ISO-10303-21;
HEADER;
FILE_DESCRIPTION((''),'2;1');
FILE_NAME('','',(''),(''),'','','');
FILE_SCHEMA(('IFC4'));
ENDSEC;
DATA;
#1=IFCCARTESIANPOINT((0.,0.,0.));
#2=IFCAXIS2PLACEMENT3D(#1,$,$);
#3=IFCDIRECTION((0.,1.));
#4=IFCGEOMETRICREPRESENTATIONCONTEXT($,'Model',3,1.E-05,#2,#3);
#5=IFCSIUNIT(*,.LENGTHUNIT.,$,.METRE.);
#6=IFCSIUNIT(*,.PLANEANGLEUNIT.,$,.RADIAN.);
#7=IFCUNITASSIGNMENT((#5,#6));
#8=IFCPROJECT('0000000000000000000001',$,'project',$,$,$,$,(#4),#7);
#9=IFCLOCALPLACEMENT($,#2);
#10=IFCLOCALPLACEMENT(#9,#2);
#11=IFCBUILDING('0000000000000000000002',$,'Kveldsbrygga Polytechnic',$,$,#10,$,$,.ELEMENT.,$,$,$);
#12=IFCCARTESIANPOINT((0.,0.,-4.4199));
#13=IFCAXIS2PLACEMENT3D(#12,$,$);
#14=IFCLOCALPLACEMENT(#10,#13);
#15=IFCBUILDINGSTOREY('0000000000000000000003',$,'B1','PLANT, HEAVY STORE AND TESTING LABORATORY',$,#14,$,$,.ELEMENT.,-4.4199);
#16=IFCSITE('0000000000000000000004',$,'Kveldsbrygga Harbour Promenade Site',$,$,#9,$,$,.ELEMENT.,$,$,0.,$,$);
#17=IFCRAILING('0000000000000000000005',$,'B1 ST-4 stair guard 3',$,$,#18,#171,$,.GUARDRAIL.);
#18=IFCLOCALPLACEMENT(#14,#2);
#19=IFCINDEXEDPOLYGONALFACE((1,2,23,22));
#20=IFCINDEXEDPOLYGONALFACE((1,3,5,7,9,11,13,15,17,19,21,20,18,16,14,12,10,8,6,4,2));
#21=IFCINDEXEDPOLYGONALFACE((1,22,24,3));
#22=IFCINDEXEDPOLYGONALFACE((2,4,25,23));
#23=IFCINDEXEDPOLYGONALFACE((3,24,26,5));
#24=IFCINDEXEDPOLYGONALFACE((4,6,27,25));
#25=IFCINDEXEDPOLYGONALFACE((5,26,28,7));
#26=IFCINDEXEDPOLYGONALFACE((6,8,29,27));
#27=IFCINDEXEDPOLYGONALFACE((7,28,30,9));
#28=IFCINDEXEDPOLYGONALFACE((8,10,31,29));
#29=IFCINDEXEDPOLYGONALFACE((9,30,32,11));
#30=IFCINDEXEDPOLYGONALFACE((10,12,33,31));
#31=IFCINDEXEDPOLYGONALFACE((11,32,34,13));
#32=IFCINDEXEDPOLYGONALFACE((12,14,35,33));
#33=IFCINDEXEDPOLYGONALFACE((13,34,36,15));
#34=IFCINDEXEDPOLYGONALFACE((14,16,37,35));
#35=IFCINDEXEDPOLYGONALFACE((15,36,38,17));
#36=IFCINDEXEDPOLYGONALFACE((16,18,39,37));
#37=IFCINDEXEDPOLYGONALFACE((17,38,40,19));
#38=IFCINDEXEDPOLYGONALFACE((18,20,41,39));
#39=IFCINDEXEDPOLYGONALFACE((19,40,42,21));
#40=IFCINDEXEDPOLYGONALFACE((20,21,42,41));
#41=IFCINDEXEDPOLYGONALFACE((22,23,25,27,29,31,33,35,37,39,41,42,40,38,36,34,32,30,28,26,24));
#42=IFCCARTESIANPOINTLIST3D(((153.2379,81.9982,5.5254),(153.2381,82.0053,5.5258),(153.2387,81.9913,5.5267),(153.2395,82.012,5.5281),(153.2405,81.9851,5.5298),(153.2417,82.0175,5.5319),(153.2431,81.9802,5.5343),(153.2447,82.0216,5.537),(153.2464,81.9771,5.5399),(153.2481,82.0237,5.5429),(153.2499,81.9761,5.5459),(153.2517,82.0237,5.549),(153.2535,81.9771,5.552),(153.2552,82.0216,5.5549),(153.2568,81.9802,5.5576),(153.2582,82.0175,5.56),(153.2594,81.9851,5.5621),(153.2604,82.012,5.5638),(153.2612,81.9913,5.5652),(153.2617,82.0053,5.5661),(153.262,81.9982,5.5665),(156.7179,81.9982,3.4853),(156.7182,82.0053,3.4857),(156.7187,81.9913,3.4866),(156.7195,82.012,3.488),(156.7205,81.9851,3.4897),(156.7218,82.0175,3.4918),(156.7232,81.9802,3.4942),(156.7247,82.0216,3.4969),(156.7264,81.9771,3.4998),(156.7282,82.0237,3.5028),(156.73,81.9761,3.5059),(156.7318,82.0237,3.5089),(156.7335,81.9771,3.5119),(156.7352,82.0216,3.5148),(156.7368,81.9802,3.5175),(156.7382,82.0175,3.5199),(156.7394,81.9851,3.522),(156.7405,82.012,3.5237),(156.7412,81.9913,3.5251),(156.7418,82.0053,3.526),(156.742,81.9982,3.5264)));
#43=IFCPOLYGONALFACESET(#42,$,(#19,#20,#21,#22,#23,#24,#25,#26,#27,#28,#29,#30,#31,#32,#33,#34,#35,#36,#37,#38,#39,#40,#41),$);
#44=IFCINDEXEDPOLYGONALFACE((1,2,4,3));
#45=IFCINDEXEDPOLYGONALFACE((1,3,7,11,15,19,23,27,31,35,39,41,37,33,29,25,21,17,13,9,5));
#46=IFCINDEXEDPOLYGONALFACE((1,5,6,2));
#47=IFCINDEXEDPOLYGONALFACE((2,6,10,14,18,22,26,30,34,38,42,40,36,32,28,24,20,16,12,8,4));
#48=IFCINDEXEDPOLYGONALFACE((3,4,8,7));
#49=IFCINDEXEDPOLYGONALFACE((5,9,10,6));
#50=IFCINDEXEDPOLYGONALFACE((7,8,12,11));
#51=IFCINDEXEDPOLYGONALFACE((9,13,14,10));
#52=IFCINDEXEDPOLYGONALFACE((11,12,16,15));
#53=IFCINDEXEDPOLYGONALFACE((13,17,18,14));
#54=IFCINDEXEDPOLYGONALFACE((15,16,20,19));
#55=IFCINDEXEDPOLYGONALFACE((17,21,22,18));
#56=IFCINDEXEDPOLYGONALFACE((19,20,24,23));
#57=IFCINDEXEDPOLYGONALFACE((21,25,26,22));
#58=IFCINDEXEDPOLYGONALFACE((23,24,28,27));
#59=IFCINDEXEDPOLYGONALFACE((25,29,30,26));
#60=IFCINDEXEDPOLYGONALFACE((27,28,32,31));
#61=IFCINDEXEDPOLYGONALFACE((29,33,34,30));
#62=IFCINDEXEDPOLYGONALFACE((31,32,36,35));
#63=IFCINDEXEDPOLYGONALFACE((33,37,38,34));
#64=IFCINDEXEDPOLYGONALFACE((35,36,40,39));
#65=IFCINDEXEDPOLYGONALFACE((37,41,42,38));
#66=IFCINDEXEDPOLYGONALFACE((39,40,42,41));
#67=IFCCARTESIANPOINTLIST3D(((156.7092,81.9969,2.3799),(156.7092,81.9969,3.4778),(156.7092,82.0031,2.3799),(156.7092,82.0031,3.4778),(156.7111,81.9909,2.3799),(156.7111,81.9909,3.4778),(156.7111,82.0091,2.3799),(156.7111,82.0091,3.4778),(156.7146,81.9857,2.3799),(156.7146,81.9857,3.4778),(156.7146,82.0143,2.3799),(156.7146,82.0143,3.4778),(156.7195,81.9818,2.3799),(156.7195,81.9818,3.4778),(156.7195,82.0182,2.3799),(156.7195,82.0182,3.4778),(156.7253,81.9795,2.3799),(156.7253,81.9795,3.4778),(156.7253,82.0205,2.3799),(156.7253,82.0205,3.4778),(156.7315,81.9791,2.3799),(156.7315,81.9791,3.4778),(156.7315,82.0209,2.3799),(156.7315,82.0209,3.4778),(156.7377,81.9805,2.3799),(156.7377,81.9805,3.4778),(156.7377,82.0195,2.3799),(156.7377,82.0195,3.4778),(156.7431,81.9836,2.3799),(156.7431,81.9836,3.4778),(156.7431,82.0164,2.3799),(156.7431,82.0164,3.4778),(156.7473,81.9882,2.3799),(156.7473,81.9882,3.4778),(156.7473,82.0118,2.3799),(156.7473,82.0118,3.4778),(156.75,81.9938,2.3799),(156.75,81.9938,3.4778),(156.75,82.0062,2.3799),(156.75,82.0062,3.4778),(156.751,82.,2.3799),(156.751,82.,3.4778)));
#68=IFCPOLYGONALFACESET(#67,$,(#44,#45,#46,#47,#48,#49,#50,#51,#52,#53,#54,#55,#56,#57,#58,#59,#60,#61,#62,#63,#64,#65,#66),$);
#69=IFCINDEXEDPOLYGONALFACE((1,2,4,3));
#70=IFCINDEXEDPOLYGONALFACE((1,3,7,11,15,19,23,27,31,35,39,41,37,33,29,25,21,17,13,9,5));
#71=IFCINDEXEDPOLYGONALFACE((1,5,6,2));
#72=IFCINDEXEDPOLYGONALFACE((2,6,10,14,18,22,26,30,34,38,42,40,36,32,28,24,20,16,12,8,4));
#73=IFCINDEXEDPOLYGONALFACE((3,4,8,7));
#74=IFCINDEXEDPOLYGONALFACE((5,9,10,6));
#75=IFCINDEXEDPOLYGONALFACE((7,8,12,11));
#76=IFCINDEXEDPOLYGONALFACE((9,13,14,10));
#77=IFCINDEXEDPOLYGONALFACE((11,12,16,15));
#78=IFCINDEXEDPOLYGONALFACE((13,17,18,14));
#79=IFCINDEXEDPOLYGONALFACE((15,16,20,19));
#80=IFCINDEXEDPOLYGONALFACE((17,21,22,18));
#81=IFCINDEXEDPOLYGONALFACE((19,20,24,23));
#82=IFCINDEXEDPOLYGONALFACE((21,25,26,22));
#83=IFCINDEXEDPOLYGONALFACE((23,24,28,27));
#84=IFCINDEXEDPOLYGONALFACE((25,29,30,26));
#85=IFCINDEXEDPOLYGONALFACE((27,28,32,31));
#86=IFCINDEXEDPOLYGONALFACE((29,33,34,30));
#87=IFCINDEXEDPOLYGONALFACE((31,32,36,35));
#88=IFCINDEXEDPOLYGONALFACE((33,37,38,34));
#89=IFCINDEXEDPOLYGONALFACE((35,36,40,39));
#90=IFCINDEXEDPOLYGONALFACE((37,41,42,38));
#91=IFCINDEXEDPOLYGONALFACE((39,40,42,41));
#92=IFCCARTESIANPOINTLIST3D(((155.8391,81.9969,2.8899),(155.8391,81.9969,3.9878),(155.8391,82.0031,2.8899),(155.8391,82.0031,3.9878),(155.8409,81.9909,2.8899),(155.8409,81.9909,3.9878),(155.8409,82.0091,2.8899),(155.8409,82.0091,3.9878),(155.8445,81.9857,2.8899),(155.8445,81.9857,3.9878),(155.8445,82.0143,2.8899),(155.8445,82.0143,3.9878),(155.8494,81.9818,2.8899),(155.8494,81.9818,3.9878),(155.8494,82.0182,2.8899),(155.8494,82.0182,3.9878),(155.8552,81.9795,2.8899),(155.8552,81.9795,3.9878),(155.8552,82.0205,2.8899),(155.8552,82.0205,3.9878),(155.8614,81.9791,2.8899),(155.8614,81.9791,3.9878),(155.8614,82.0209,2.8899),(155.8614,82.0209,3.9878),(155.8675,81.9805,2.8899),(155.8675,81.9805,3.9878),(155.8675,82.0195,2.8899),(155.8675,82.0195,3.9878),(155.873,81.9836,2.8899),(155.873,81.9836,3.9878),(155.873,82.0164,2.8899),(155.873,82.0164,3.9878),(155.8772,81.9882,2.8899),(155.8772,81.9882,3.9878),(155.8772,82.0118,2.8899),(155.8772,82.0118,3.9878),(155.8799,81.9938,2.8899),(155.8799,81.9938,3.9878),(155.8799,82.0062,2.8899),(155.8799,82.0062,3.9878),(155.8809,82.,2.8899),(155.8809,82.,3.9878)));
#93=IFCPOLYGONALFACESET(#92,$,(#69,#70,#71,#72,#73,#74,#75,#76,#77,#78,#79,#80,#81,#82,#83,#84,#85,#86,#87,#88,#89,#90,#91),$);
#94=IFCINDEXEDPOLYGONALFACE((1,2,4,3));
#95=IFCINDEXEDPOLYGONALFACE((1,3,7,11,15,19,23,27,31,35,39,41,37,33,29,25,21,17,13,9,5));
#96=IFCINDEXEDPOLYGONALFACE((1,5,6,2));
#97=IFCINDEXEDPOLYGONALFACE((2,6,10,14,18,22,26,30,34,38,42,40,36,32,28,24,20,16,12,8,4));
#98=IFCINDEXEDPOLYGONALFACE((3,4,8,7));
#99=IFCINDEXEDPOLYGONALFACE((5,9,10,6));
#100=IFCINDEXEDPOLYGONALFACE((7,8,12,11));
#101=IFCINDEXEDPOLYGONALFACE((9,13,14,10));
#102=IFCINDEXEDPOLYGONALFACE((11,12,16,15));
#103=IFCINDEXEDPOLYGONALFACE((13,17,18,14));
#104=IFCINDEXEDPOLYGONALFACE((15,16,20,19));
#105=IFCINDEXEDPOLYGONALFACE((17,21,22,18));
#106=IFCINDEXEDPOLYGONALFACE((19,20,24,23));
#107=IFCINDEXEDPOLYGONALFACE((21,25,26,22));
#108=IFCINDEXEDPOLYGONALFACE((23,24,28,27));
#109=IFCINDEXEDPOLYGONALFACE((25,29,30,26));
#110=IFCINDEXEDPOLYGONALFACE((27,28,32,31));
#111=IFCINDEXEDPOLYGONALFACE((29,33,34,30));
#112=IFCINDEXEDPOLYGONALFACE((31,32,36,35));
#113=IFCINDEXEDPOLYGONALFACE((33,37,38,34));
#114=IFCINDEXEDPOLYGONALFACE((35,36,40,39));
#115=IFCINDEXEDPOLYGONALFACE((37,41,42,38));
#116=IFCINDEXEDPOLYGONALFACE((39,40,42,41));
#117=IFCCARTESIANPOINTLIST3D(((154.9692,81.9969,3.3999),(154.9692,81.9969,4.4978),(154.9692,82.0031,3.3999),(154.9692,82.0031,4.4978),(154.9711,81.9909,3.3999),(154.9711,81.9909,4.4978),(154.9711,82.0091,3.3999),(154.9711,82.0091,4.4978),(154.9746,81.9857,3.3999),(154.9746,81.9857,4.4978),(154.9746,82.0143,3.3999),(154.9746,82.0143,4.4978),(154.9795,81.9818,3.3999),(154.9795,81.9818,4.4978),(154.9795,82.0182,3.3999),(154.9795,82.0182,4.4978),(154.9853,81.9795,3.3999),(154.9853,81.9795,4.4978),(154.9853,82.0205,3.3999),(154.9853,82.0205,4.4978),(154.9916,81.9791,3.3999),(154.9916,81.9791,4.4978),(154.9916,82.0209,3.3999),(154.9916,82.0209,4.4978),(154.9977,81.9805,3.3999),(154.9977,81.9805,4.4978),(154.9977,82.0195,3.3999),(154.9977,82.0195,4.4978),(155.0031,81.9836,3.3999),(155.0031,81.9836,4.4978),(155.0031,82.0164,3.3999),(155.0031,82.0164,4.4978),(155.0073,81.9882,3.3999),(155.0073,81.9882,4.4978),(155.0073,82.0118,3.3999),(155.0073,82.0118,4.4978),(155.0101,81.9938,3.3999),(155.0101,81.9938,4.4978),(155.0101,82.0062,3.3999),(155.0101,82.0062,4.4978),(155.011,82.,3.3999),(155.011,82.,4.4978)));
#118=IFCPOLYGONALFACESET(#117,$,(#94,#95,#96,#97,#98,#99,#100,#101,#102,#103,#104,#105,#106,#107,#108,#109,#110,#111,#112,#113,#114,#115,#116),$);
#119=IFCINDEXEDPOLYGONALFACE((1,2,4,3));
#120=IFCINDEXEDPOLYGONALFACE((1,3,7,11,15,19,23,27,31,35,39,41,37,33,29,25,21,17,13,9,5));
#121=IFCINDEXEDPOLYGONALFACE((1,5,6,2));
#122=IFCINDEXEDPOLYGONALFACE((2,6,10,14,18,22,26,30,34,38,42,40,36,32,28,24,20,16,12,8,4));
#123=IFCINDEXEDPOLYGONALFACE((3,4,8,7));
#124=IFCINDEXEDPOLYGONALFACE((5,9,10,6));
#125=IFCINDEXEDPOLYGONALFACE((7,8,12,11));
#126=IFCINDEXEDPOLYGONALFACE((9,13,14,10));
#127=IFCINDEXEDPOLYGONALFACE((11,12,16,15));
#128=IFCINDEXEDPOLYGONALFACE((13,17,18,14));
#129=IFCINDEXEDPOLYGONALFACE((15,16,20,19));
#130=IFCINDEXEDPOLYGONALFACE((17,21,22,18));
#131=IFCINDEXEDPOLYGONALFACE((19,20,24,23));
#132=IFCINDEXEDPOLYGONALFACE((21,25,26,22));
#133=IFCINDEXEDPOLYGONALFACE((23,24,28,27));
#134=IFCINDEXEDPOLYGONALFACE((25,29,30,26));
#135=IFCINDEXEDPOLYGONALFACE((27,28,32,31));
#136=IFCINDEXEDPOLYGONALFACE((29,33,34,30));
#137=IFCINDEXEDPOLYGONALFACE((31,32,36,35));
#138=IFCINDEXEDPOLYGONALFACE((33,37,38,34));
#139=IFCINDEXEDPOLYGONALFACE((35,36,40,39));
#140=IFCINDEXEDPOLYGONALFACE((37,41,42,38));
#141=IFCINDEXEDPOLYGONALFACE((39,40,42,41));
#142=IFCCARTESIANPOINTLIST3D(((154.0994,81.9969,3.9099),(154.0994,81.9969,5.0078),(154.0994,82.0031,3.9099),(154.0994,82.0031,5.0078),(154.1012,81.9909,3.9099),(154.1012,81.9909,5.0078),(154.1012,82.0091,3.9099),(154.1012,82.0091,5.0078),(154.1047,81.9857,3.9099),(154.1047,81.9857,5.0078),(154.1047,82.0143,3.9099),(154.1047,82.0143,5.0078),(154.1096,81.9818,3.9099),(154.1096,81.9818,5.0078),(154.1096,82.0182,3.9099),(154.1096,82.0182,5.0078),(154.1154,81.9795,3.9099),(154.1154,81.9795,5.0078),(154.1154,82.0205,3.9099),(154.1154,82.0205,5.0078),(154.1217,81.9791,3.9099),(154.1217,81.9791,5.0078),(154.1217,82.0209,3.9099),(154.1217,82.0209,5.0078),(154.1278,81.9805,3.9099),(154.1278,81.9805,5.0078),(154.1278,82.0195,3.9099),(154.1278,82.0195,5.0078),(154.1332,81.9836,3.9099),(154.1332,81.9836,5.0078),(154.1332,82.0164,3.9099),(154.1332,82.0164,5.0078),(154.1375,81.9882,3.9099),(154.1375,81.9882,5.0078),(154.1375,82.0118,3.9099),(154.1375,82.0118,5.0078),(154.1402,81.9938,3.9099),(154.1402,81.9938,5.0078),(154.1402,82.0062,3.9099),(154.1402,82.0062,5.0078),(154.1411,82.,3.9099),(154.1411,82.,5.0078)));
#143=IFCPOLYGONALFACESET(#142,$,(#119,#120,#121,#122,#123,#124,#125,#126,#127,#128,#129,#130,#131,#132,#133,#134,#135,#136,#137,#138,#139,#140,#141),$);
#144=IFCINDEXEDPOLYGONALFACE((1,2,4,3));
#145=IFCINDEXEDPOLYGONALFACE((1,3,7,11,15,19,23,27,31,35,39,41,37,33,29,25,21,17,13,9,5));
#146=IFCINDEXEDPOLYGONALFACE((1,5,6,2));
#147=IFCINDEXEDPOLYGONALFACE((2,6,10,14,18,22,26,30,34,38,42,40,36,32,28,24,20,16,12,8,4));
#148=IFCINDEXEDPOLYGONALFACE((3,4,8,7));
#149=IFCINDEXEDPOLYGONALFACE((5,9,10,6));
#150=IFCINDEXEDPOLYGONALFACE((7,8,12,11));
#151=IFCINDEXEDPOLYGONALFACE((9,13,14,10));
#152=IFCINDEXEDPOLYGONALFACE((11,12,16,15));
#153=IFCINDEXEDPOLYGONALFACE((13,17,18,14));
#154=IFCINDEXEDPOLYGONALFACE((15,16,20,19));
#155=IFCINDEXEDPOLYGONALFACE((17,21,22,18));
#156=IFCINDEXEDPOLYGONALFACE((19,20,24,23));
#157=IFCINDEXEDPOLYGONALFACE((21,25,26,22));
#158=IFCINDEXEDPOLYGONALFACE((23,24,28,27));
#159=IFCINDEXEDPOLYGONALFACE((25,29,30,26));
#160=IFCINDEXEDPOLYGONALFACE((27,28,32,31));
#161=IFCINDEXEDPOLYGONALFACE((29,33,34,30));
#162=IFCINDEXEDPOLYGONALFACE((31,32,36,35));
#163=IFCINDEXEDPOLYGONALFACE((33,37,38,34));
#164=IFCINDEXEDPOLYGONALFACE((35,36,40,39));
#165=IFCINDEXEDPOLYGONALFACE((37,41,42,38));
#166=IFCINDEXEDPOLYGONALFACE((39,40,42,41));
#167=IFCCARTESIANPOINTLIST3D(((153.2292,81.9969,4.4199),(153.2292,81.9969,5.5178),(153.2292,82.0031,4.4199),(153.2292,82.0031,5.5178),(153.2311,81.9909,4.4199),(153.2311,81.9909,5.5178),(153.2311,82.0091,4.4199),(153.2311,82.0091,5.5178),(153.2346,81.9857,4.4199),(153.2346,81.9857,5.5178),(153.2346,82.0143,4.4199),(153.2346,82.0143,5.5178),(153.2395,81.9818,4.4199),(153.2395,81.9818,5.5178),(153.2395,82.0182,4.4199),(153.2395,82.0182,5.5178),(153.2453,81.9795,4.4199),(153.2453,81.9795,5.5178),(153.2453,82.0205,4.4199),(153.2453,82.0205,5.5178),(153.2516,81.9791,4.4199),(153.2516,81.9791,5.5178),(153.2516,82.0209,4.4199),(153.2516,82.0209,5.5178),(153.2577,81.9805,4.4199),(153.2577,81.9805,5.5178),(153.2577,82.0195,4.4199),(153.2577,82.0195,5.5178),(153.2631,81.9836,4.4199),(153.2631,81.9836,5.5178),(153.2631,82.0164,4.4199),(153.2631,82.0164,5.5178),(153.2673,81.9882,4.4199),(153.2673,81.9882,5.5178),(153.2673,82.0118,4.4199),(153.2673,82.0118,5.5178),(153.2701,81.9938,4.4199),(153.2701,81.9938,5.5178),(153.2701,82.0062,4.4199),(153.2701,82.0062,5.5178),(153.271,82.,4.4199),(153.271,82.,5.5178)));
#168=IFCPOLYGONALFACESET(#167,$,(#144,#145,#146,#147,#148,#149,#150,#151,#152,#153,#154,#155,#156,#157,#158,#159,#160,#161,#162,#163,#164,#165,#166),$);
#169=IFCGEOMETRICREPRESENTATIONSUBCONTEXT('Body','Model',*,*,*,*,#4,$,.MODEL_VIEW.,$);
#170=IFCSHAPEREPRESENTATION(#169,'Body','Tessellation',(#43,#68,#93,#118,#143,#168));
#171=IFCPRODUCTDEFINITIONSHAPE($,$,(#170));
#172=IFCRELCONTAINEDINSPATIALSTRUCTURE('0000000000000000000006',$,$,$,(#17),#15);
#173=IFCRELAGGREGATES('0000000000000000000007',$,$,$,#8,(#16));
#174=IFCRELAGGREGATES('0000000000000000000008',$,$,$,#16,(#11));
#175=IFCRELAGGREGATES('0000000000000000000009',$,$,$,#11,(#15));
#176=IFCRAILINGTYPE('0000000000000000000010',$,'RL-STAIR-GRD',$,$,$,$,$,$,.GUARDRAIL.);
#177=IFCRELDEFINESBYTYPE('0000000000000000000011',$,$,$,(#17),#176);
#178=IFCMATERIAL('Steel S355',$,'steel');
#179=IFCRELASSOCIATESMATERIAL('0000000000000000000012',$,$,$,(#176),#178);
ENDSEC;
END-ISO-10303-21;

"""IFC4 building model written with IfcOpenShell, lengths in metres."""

from ifc_helpers import new_model, si_unit, direction, frame, origin, origin_2d, place, context, subcontext, project, spatial, circle, extrude, material, type_object, element, save


model = new_model("IFC4")

# Units and contexts
model_context = context("Model", 3, precision=1e-05, world=origin(), true_north=direction((0.0, 1.0)))
body_context = subcontext(model_context, "Body", "Model", "MODEL_VIEW")
ifc_project = project(units=[si_unit("LENGTHUNIT", "METRE"), si_unit("PLANEANGLEUNIT", "RADIAN")], contexts=[model_context])

# Site, building, storey
site_placement = place(None, origin())
site = spatial("IfcSite", under=ifc_project, at=site_placement, Name="Kveldsbrygga Harbour Promenade Site", CompositionType="ELEMENT", RefElevation=0.0)
building_placement = place(site_placement, origin())
building = spatial("IfcBuilding", under=site, at=building_placement, Name="Kveldsbrygga Polytechnic", CompositionType="ELEMENT")
storey_placement = place(building_placement, frame((0.0, 0.0, -4.4199)))
storey = spatial("IfcBuildingStorey", under=building, at=storey_placement, Name="B1", Description="PLANT, HEAVY STORE AND TESTING LABORATORY", CompositionType="ELEMENT", Elevation=-4.4199)

# Railing
ifc_material_1 = material(Name="Steel S355", Category="steel")
railing_type_1 = type_object("IfcRailingType", Name="RL-STAIR-GRD", PredefinedType="GUARDRAIL", material=ifc_material_1)
railing_1_placement = place(storey_placement, frame((156.73, 82.0, 2.3799)))
element("IfcRailing", 1, at=railing_1_placement, inside=storey, type_object=railing_type_1, Name="B1 ST-4 stair guard 3", PredefinedType="GUARDRAIL", context=body_context, shape_type="SweptSolid", body=[
    extrude(circle(Radius=0.0239, at=origin_2d()), frame((0.0, 0.0, 1.126), z_axis=(-0.862693, 0.0, 0.505729), x_axis=(0.0, -1.0, 0.0)), (0.0, 0.0, 1.0), 4.0339),
    extrude(circle(Radius=0.021, at=origin_2d()), origin(), (0.0, 0.0, 1.0), 1.0979),
    extrude(circle(Radius=0.021, at=origin_2d()), frame((-0.8701, 0.0, 0.51)), (0.0, 0.0, 1.0), 1.0979),
    extrude(circle(Radius=0.021, at=origin_2d()), frame((-1.74, 0.0, 1.02)), (0.0, 0.0, 1.0), 1.0979),
    extrude(circle(Radius=0.021, at=origin_2d()), frame((-2.6099, 0.0, 1.53)), (0.0, 0.0, 1.0), 1.0979),
    extrude(circle(Radius=0.021, at=origin_2d()), frame((-3.48, 0.0, 2.04)), (0.0, 0.0, 1.0), 1.0979),
])

save(model, "model.ifc")
